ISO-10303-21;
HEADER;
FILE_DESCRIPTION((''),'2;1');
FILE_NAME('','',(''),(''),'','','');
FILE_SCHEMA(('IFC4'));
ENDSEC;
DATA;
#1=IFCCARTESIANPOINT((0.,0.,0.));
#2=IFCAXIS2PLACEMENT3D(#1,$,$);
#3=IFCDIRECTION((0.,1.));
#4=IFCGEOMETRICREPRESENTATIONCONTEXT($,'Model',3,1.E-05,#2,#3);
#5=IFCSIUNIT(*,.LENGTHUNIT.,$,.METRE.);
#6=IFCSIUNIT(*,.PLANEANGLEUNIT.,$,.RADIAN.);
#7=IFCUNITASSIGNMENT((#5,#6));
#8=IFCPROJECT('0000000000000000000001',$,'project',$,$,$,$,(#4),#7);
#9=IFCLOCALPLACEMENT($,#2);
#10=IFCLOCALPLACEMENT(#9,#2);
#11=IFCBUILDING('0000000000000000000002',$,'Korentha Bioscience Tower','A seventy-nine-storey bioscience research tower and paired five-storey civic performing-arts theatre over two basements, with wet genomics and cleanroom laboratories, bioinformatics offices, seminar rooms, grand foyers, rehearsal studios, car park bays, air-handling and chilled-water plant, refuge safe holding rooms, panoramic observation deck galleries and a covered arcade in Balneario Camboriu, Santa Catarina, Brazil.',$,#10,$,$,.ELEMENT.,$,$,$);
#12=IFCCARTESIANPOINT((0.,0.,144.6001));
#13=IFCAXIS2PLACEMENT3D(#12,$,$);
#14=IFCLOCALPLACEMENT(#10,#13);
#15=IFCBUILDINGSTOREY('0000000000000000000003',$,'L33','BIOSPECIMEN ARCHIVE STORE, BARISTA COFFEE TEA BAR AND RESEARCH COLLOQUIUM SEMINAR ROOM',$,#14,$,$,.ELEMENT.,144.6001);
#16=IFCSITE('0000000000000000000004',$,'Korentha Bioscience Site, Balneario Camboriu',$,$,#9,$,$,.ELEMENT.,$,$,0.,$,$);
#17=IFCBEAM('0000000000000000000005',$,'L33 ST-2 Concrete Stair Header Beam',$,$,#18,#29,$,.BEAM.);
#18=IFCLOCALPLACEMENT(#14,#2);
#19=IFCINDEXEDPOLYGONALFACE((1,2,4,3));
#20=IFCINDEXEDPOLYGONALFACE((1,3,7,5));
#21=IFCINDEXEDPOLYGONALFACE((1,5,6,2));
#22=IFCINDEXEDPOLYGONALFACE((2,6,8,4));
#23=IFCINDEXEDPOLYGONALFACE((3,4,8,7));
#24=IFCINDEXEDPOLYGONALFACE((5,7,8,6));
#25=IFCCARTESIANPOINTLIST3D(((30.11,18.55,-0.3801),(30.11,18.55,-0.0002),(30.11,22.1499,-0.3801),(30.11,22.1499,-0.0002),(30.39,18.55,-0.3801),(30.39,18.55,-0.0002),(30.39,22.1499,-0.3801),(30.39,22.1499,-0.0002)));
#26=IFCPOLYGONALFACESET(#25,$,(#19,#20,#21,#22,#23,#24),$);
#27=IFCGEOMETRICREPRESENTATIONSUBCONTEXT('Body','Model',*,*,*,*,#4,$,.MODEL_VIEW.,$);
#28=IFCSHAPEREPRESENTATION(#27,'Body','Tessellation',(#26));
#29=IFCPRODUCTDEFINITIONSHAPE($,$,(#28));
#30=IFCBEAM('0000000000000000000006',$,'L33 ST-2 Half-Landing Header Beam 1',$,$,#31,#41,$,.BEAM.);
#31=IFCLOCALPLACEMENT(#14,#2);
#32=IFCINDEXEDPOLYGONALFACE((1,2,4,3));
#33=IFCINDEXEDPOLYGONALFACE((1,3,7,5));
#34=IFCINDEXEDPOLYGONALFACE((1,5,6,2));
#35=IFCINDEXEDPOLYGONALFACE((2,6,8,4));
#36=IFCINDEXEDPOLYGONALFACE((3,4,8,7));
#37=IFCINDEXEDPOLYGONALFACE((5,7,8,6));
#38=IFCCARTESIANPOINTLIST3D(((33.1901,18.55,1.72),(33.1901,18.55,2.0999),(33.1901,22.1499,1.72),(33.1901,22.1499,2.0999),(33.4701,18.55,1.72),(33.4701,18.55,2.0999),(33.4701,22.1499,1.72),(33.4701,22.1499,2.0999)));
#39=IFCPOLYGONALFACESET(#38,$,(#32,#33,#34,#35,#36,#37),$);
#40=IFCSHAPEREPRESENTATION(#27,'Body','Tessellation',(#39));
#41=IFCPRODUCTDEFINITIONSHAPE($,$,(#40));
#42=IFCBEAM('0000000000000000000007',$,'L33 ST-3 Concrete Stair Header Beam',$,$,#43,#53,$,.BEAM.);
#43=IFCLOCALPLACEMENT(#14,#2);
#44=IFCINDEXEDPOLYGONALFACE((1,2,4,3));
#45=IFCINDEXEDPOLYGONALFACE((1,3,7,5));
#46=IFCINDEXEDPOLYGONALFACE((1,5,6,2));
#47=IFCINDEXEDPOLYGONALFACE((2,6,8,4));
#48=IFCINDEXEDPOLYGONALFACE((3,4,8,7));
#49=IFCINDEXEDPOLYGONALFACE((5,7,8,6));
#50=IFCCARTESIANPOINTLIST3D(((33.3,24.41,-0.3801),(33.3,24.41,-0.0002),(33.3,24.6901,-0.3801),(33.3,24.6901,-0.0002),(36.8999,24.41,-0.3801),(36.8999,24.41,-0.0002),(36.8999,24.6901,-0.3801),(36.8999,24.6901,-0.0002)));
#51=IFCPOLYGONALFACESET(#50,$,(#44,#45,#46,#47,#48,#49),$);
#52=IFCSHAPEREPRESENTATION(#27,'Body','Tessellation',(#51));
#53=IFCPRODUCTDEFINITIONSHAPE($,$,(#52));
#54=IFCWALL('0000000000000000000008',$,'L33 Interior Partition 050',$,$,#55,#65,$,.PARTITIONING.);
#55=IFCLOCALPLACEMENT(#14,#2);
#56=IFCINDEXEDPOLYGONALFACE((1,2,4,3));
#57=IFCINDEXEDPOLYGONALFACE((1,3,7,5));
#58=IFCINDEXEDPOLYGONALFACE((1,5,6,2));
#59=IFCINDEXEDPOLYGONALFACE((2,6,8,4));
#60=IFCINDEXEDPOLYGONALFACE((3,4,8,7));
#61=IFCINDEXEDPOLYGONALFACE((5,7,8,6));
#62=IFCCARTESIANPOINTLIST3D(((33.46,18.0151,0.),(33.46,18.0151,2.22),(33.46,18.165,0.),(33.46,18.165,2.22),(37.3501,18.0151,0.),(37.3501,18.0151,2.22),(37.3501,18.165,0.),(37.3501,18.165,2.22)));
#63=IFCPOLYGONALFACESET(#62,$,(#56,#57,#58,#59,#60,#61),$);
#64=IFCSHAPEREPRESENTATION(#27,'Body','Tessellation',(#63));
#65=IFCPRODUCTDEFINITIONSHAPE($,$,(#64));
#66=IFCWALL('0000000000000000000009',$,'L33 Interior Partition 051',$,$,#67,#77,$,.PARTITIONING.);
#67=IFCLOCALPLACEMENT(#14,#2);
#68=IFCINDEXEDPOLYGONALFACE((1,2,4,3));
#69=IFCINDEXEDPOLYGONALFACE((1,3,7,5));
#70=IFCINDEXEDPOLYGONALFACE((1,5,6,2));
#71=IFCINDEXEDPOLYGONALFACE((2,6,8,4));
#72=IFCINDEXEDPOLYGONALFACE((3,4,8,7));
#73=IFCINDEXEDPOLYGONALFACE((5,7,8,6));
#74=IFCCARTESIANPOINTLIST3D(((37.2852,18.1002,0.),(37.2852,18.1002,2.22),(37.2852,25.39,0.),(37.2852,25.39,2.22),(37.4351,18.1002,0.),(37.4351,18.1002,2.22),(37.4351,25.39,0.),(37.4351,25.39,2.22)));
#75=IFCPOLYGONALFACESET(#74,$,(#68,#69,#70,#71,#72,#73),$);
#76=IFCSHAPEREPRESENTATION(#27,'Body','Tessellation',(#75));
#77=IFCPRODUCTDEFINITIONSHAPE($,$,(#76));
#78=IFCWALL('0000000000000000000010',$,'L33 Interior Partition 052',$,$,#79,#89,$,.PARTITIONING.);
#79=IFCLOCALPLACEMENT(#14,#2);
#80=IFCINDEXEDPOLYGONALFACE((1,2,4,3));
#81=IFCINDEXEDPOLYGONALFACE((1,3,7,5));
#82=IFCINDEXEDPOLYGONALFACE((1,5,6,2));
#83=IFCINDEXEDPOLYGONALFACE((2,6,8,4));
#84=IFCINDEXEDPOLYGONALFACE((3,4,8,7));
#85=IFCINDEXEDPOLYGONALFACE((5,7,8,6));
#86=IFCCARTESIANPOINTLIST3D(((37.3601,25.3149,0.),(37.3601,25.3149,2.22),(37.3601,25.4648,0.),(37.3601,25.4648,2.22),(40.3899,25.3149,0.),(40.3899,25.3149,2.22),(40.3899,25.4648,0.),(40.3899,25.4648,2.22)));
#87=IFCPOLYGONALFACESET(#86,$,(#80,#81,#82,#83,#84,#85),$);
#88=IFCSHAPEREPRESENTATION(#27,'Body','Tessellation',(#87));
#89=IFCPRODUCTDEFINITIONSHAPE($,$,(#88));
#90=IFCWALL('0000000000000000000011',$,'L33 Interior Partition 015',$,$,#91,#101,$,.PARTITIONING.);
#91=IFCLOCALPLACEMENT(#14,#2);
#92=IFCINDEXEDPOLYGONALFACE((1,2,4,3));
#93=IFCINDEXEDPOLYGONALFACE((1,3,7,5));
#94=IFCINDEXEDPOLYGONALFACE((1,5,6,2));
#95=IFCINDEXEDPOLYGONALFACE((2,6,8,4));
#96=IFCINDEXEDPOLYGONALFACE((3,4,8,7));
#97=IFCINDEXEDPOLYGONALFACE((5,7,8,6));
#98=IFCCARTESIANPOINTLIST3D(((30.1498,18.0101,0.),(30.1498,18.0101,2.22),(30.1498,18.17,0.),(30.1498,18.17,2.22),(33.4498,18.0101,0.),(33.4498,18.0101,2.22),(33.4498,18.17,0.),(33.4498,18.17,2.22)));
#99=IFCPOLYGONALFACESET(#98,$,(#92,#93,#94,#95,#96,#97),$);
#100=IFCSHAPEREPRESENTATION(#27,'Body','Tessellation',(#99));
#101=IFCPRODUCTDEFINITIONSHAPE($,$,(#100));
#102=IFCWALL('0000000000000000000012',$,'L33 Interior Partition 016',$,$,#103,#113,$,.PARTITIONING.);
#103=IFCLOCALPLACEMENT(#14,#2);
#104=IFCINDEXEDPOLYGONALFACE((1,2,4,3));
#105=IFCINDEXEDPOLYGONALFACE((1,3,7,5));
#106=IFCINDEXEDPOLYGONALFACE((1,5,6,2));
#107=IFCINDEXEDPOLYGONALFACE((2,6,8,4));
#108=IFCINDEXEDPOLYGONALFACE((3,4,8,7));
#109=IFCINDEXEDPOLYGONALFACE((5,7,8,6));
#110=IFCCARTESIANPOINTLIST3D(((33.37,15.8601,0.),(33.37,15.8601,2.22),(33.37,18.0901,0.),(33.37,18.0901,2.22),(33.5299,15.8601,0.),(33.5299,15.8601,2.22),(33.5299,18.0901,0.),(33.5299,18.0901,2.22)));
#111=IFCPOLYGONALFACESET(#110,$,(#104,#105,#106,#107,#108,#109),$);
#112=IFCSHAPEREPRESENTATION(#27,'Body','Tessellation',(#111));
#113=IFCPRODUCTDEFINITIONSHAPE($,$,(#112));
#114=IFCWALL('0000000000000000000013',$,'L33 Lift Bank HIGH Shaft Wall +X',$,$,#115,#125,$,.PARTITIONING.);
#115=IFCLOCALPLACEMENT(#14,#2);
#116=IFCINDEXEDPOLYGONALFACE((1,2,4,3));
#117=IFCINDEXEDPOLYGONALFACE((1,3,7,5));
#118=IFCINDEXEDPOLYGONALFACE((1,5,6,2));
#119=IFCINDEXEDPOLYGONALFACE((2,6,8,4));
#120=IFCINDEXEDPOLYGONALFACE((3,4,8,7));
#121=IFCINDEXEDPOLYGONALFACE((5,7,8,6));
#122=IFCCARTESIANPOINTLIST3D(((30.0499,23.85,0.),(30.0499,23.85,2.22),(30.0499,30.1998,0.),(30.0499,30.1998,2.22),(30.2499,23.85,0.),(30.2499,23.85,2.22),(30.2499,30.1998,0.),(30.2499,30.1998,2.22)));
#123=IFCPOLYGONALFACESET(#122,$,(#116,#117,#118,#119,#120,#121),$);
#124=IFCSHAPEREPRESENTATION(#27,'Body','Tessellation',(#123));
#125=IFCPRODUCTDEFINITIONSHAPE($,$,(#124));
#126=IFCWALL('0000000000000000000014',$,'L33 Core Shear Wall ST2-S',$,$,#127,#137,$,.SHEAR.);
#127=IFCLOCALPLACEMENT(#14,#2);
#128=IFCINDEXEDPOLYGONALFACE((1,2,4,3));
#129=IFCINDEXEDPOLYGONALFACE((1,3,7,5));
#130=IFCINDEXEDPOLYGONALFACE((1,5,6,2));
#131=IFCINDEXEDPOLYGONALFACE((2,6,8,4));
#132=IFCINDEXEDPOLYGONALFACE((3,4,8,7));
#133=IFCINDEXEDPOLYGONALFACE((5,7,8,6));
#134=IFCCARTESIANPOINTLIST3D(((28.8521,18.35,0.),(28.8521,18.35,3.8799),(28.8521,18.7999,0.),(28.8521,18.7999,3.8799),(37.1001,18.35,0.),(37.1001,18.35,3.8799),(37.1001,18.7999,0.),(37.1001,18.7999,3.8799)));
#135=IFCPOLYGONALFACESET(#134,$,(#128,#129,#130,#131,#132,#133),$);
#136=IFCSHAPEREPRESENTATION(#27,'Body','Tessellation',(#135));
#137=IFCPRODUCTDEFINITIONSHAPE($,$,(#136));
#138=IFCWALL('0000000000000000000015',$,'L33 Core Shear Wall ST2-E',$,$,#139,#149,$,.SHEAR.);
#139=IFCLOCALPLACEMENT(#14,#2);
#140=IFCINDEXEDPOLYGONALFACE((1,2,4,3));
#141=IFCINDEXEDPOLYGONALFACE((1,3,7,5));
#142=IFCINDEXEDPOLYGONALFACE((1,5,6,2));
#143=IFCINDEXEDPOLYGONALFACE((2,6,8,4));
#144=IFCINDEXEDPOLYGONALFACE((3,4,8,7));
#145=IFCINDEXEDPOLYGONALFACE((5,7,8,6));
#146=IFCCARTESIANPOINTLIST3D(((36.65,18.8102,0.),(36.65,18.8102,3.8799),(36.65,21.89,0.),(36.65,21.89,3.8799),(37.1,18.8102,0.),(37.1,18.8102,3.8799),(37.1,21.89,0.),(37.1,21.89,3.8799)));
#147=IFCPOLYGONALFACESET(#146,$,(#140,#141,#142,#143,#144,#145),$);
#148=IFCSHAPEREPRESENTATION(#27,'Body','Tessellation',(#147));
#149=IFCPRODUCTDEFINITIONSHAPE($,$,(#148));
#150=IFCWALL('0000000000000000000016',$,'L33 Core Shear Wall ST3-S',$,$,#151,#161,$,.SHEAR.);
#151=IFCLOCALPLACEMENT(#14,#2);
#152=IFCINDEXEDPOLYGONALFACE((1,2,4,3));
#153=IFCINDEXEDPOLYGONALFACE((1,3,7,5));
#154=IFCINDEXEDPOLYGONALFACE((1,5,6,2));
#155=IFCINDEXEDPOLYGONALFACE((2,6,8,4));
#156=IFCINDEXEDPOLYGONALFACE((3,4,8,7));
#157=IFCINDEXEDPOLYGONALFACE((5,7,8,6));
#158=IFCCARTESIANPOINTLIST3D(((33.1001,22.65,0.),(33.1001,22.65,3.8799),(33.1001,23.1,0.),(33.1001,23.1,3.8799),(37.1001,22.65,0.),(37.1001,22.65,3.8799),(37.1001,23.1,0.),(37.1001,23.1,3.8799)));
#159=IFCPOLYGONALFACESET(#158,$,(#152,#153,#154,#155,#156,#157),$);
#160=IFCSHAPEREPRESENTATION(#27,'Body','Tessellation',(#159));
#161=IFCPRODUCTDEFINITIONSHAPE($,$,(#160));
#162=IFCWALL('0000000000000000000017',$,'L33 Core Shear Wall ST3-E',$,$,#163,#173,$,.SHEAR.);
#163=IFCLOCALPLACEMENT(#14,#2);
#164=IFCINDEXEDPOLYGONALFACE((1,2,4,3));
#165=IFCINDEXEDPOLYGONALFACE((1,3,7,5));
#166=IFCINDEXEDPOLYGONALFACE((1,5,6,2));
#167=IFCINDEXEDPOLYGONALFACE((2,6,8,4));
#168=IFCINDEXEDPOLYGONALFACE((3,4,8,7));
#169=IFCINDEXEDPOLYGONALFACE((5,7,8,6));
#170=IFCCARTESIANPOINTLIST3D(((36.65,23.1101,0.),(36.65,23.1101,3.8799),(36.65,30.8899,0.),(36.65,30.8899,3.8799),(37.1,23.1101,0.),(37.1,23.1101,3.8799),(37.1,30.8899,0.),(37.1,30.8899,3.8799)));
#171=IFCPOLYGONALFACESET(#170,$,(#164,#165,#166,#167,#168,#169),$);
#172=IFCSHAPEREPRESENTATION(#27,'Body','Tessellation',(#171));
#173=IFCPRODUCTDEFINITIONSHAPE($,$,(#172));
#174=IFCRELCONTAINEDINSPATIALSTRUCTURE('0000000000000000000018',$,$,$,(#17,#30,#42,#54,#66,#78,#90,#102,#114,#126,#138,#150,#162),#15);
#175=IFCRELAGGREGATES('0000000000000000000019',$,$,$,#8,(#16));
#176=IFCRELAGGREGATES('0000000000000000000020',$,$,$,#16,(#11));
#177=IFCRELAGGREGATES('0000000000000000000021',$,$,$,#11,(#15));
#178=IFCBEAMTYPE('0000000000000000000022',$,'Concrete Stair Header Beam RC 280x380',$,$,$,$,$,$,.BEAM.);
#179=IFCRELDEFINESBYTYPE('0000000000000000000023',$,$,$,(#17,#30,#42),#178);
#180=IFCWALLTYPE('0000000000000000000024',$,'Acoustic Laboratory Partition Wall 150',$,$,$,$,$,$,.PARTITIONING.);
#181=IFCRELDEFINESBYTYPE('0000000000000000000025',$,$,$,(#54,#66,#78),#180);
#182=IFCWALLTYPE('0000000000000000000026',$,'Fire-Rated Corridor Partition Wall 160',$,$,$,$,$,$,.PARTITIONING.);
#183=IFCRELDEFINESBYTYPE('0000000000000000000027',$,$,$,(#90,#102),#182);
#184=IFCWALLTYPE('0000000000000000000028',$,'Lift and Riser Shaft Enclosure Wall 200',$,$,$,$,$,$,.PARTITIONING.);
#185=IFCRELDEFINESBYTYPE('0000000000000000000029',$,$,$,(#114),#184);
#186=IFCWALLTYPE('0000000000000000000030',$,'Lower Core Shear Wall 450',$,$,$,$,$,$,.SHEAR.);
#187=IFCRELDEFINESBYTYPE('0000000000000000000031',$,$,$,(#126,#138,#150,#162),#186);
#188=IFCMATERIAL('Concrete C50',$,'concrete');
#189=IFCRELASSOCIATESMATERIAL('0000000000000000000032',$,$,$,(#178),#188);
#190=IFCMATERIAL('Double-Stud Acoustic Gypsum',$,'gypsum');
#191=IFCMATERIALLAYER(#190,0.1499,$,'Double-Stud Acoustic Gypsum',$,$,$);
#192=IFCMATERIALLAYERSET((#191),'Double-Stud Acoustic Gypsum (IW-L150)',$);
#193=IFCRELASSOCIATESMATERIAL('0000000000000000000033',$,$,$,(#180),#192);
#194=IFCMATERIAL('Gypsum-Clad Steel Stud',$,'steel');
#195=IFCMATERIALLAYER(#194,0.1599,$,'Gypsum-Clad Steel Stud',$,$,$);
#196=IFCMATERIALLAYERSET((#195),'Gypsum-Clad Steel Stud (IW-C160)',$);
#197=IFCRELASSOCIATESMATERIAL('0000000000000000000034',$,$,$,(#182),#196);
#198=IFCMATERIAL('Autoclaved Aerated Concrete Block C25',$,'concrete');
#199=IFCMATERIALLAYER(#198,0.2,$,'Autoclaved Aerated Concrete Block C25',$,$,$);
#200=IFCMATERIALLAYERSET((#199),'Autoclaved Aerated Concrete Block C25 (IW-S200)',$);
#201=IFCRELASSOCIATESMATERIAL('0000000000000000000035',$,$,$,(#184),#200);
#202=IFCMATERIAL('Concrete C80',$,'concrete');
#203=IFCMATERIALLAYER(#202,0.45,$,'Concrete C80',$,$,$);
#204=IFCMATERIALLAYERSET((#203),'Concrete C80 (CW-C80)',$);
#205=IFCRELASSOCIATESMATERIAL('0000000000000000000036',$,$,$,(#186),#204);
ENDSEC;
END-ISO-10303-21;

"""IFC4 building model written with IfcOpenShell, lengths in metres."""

from ifc_helpers import new_model, si_unit, direction, frame, frame_2d, origin, origin_2d, place, context, subcontext, project, spatial, rectangle, extrude, material, layer, layer_set, material_profile, profile_set, type_object, element, save


model = new_model("IFC4")

# Units and contexts
model_context = context("Model", 3, precision=1e-05, world=origin(), true_north=direction((0.0, 1.0)))
body_context = subcontext(model_context, "Body", "Model", "MODEL_VIEW")
ifc_project = project(units=[si_unit("LENGTHUNIT", "METRE"), si_unit("PLANEANGLEUNIT", "RADIAN")], contexts=[model_context])

# Site, building, storey
site_placement = place(None, origin())
site = spatial("IfcSite", under=ifc_project, at=site_placement, Name="Korentha Bioscience Site, Balneario Camboriu", CompositionType="ELEMENT", RefElevation=0.0)
building_placement = place(site_placement, origin())
building = spatial("IfcBuilding", under=site, at=building_placement, Name="Korentha Bioscience Tower", Description="A seventy-nine-storey bioscience research tower and paired five-storey civic performing-arts theatre over two basements, with wet genomics and cleanroom laboratories, bioinformatics offices, seminar rooms, grand foyers, rehearsal studios, car park bays, air-handling and chilled-water plant, refuge safe holding rooms, panoramic observation deck galleries and a covered arcade in Balneario Camboriu, Santa Catarina, Brazil.", CompositionType="ELEMENT")
storey_placement = place(building_placement, frame((0.0, 0.0, 144.6001)))
storey = spatial("IfcBuildingStorey", under=building, at=storey_placement, Name="L33", Description="BIOSPECIMEN ARCHIVE STORE, BARISTA COFFEE TEA BAR AND RESEARCH COLLOQUIUM SEMINAR ROOM", CompositionType="ELEMENT", Elevation=144.6001)

# Beams
ifc_material_1 = material(Name="Concrete C50", Category="concrete")
ifc_material_profile = material_profile(ifc_material_1, rectangle(XDim=0.28, YDim=0.3799, at=origin_2d()), Name="Concrete C50")
ifc_profile_set = profile_set([ifc_material_profile], Name="Concrete C50 (ST-HB380)")
beam_type = type_object("IfcBeamType", Name="Concrete Stair Header Beam RC 280x380", PredefinedType="BEAM", material=ifc_profile_set)
for number, where, z_axis, x_axis, name in (
    (1, (30.25, 18.55, -0.1902), (0.0, 1.0, 0.0), (-1.0, 0.0, 0.0), "L33 ST-2 Concrete Stair Header Beam"),
    (2, (33.3301, 18.55, 1.9099), (0.0, 1.0, 0.0), (-1.0, 0.0, 0.0), "L33 ST-2 Half-Landing Header Beam 1"),
    (3, (36.8999, 24.55, -0.1902), (-1.0, 0.0, 0.0), (0.0, -1.0, 0.0), "L33 ST-3 Concrete Stair Header Beam"),
):
    element("IfcBeam", number, at=place(storey_placement, frame(where, z_axis=z_axis, x_axis=x_axis)), inside=storey, type_object=beam_type, Name=name, PredefinedType="BEAM", context=body_context, shape_type="SweptSolid", body=[
        extrude(rectangle(XDim=0.28, YDim=0.3799, at=origin_2d()), origin(), (0.0, 0.0, 1.0), 3.5999),
    ])

# Walls
ifc_material_2 = material(Name="Double-Stud Acoustic Gypsum", Category="gypsum")
ifc_layer_1 = layer(ifc_material_2, 0.1499, Name="Double-Stud Acoustic Gypsum")
ifc_layer_set_1 = layer_set([ifc_layer_1], Name="Double-Stud Acoustic Gypsum (IW-L150)")
wall_type_1 = type_object("IfcWallType", Name="Acoustic Laboratory Partition Wall 150", PredefinedType="PARTITIONING", material=ifc_layer_set_1)
wall_1_placement = place(storey_placement, frame((33.46, 18.0901, 0.0), z_axis=(0.0, 0.0, 1.0), x_axis=(1.0, 0.0, 0.0)))
element("IfcWall", 4, at=wall_1_placement, inside=storey, type_object=wall_type_1, Name="L33 Interior Partition 050", PredefinedType="PARTITIONING", context=body_context, shape_type="SweptSolid", body=[
    extrude(rectangle(XDim=3.8901, YDim=0.1499, at=frame_2d((1.9451, 0.0))), origin(), (0.0, 0.0, 1.0), 2.22),
])
wall_2_placement = place(storey_placement, frame((37.3601, 18.1001, 0.0), z_axis=(0.0, 0.0, 1.0), x_axis=(0.0, 1.0, 0.0)))
element("IfcWall", 5, at=wall_2_placement, inside=storey, type_object=wall_type_1, Name="L33 Interior Partition 051", PredefinedType="PARTITIONING", context=body_context, shape_type="SweptSolid", body=[
    extrude(rectangle(XDim=7.2898, YDim=0.1499, at=frame_2d((3.645, 0.0))), origin(), (0.0, 0.0, 1.0), 2.22),
])
wall_3_placement = place(storey_placement, frame((37.3601, 25.3899, 0.0), z_axis=(0.0, 0.0, 1.0), x_axis=(1.0, 0.0, 0.0)))
element("IfcWall", 6, at=wall_3_placement, inside=storey, type_object=wall_type_1, Name="L33 Interior Partition 052", PredefinedType="PARTITIONING", context=body_context, shape_type="SweptSolid", body=[
    extrude(rectangle(XDim=3.0298, YDim=0.1499, at=frame_2d((1.5149, 0.0))), origin(), (0.0, 0.0, 1.0), 2.22),
])
ifc_material_3 = material(Name="Gypsum-Clad Steel Stud", Category="steel")
ifc_layer_2 = layer(ifc_material_3, 0.1599, Name="Gypsum-Clad Steel Stud")
ifc_layer_set_2 = layer_set([ifc_layer_2], Name="Gypsum-Clad Steel Stud (IW-C160)")
wall_type_2 = type_object("IfcWallType", Name="Fire-Rated Corridor Partition Wall 160", PredefinedType="PARTITIONING", material=ifc_layer_set_2)
wall_4_placement = place(storey_placement, frame((30.1499, 18.0901, 0.0), z_axis=(0.0, 0.0, 1.0), x_axis=(1.0, 0.0, 0.0)))
element("IfcWall", 7, at=wall_4_placement, inside=storey, type_object=wall_type_2, Name="L33 Interior Partition 015", PredefinedType="PARTITIONING", context=body_context, shape_type="SweptSolid", body=[
    extrude(rectangle(XDim=3.3, YDim=0.1599, at=frame_2d((1.6499, 0.0))), origin(), (0.0, 0.0, 1.0), 2.22),
])
wall_5_placement = place(storey_placement, frame((33.45, 18.0901, 0.0), z_axis=(0.0, 0.0, 1.0), x_axis=(0.0, -1.0, 0.0)))
element("IfcWall", 8, at=wall_5_placement, inside=storey, type_object=wall_type_2, Name="L33 Interior Partition 016", PredefinedType="PARTITIONING", context=body_context, shape_type="SweptSolid", body=[
    extrude(rectangle(XDim=2.23, YDim=0.1599, at=frame_2d((1.115, 0.0))), origin(), (0.0, 0.0, 1.0), 2.22),
])
ifc_material_4 = material(Name="Autoclaved Aerated Concrete Block C25", Category="concrete")
ifc_layer_3 = layer(ifc_material_4, 0.2, Name="Autoclaved Aerated Concrete Block C25")
ifc_layer_set_3 = layer_set([ifc_layer_3], Name="Autoclaved Aerated Concrete Block C25 (IW-S200)")
wall_type_3 = type_object("IfcWallType", Name="Lift and Riser Shaft Enclosure Wall 200", PredefinedType="PARTITIONING", material=ifc_layer_set_3)
wall_6_placement = place(storey_placement, frame((30.1499, 23.8501, 0.0), z_axis=(0.0, 0.0, 1.0), x_axis=(0.0, 1.0, 0.0)))
element("IfcWall", 9, at=wall_6_placement, inside=storey, type_object=wall_type_3, Name="L33 Lift Bank HIGH Shaft Wall +X", PredefinedType="PARTITIONING", context=body_context, shape_type="SweptSolid", body=[
    extrude(rectangle(XDim=6.3499, YDim=0.2, at=frame_2d((3.1748, 0.0))), origin(), (0.0, 0.0, 1.0), 2.22),
])
ifc_material_5 = material(Name="Concrete C80", Category="concrete")
ifc_layer_4 = layer(ifc_material_5, 0.45, Name="Concrete C80")
ifc_layer_set_4 = layer_set([ifc_layer_4], Name="Concrete C80 (CW-C80)")
wall_type_4 = type_object("IfcWallType", Name="Lower Core Shear Wall 450", PredefinedType="SHEAR", material=ifc_layer_set_4)
wall_7_placement = place(storey_placement, frame((28.8521, 18.575, 0.0), z_axis=(0.0, 0.0, 1.0), x_axis=(1.0, 0.0, 0.0)))
element("IfcWall", 10, at=wall_7_placement, inside=storey, type_object=wall_type_4, Name="L33 Core Shear Wall ST2-S", PredefinedType="SHEAR", context=body_context, shape_type="SweptSolid", body=[
    extrude(rectangle(XDim=8.248, YDim=0.45, at=frame_2d((4.124, 0.0))), origin(), (0.0, 0.0, 1.0), 3.8799),
])
wall_8_placement = place(storey_placement, frame((36.875, 18.8101, 0.0), z_axis=(0.0, 0.0, 1.0), x_axis=(0.0, 1.0, 0.0)))
element("IfcWall", 11, at=wall_8_placement, inside=storey, type_object=wall_type_4, Name="L33 Core Shear Wall ST2-E", PredefinedType="SHEAR", context=body_context, shape_type="SweptSolid", body=[
    extrude(rectangle(XDim=3.0798, YDim=0.45, at=frame_2d((1.54, 0.0))), origin(), (0.0, 0.0, 1.0), 3.8799),
])
wall_9_placement = place(storey_placement, frame((33.1001, 22.875, 0.0), z_axis=(0.0, 0.0, 1.0), x_axis=(1.0, 0.0, 0.0)))
element("IfcWall", 12, at=wall_9_placement, inside=storey, type_object=wall_type_4, Name="L33 Core Shear Wall ST3-S", PredefinedType="SHEAR", context=body_context, shape_type="SweptSolid", body=[
    extrude(rectangle(XDim=4.0, YDim=0.45, at=frame_2d((2.0, 0.0))), origin(), (0.0, 0.0, 1.0), 3.8799),
])
wall_10_placement = place(storey_placement, frame((36.875, 23.1101, 0.0), z_axis=(0.0, 0.0, 1.0), x_axis=(0.0, 1.0, 0.0)))
element("IfcWall", 13, at=wall_10_placement, inside=storey, type_object=wall_type_4, Name="L33 Core Shear Wall ST3-E", PredefinedType="SHEAR", context=body_context, shape_type="SweptSolid", body=[
    extrude(rectangle(XDim=7.7798, YDim=0.45, at=frame_2d((3.8899, 0.0))), origin(), (0.0, 0.0, 1.0), 3.8799),
])

save(model, "model.ifc")
